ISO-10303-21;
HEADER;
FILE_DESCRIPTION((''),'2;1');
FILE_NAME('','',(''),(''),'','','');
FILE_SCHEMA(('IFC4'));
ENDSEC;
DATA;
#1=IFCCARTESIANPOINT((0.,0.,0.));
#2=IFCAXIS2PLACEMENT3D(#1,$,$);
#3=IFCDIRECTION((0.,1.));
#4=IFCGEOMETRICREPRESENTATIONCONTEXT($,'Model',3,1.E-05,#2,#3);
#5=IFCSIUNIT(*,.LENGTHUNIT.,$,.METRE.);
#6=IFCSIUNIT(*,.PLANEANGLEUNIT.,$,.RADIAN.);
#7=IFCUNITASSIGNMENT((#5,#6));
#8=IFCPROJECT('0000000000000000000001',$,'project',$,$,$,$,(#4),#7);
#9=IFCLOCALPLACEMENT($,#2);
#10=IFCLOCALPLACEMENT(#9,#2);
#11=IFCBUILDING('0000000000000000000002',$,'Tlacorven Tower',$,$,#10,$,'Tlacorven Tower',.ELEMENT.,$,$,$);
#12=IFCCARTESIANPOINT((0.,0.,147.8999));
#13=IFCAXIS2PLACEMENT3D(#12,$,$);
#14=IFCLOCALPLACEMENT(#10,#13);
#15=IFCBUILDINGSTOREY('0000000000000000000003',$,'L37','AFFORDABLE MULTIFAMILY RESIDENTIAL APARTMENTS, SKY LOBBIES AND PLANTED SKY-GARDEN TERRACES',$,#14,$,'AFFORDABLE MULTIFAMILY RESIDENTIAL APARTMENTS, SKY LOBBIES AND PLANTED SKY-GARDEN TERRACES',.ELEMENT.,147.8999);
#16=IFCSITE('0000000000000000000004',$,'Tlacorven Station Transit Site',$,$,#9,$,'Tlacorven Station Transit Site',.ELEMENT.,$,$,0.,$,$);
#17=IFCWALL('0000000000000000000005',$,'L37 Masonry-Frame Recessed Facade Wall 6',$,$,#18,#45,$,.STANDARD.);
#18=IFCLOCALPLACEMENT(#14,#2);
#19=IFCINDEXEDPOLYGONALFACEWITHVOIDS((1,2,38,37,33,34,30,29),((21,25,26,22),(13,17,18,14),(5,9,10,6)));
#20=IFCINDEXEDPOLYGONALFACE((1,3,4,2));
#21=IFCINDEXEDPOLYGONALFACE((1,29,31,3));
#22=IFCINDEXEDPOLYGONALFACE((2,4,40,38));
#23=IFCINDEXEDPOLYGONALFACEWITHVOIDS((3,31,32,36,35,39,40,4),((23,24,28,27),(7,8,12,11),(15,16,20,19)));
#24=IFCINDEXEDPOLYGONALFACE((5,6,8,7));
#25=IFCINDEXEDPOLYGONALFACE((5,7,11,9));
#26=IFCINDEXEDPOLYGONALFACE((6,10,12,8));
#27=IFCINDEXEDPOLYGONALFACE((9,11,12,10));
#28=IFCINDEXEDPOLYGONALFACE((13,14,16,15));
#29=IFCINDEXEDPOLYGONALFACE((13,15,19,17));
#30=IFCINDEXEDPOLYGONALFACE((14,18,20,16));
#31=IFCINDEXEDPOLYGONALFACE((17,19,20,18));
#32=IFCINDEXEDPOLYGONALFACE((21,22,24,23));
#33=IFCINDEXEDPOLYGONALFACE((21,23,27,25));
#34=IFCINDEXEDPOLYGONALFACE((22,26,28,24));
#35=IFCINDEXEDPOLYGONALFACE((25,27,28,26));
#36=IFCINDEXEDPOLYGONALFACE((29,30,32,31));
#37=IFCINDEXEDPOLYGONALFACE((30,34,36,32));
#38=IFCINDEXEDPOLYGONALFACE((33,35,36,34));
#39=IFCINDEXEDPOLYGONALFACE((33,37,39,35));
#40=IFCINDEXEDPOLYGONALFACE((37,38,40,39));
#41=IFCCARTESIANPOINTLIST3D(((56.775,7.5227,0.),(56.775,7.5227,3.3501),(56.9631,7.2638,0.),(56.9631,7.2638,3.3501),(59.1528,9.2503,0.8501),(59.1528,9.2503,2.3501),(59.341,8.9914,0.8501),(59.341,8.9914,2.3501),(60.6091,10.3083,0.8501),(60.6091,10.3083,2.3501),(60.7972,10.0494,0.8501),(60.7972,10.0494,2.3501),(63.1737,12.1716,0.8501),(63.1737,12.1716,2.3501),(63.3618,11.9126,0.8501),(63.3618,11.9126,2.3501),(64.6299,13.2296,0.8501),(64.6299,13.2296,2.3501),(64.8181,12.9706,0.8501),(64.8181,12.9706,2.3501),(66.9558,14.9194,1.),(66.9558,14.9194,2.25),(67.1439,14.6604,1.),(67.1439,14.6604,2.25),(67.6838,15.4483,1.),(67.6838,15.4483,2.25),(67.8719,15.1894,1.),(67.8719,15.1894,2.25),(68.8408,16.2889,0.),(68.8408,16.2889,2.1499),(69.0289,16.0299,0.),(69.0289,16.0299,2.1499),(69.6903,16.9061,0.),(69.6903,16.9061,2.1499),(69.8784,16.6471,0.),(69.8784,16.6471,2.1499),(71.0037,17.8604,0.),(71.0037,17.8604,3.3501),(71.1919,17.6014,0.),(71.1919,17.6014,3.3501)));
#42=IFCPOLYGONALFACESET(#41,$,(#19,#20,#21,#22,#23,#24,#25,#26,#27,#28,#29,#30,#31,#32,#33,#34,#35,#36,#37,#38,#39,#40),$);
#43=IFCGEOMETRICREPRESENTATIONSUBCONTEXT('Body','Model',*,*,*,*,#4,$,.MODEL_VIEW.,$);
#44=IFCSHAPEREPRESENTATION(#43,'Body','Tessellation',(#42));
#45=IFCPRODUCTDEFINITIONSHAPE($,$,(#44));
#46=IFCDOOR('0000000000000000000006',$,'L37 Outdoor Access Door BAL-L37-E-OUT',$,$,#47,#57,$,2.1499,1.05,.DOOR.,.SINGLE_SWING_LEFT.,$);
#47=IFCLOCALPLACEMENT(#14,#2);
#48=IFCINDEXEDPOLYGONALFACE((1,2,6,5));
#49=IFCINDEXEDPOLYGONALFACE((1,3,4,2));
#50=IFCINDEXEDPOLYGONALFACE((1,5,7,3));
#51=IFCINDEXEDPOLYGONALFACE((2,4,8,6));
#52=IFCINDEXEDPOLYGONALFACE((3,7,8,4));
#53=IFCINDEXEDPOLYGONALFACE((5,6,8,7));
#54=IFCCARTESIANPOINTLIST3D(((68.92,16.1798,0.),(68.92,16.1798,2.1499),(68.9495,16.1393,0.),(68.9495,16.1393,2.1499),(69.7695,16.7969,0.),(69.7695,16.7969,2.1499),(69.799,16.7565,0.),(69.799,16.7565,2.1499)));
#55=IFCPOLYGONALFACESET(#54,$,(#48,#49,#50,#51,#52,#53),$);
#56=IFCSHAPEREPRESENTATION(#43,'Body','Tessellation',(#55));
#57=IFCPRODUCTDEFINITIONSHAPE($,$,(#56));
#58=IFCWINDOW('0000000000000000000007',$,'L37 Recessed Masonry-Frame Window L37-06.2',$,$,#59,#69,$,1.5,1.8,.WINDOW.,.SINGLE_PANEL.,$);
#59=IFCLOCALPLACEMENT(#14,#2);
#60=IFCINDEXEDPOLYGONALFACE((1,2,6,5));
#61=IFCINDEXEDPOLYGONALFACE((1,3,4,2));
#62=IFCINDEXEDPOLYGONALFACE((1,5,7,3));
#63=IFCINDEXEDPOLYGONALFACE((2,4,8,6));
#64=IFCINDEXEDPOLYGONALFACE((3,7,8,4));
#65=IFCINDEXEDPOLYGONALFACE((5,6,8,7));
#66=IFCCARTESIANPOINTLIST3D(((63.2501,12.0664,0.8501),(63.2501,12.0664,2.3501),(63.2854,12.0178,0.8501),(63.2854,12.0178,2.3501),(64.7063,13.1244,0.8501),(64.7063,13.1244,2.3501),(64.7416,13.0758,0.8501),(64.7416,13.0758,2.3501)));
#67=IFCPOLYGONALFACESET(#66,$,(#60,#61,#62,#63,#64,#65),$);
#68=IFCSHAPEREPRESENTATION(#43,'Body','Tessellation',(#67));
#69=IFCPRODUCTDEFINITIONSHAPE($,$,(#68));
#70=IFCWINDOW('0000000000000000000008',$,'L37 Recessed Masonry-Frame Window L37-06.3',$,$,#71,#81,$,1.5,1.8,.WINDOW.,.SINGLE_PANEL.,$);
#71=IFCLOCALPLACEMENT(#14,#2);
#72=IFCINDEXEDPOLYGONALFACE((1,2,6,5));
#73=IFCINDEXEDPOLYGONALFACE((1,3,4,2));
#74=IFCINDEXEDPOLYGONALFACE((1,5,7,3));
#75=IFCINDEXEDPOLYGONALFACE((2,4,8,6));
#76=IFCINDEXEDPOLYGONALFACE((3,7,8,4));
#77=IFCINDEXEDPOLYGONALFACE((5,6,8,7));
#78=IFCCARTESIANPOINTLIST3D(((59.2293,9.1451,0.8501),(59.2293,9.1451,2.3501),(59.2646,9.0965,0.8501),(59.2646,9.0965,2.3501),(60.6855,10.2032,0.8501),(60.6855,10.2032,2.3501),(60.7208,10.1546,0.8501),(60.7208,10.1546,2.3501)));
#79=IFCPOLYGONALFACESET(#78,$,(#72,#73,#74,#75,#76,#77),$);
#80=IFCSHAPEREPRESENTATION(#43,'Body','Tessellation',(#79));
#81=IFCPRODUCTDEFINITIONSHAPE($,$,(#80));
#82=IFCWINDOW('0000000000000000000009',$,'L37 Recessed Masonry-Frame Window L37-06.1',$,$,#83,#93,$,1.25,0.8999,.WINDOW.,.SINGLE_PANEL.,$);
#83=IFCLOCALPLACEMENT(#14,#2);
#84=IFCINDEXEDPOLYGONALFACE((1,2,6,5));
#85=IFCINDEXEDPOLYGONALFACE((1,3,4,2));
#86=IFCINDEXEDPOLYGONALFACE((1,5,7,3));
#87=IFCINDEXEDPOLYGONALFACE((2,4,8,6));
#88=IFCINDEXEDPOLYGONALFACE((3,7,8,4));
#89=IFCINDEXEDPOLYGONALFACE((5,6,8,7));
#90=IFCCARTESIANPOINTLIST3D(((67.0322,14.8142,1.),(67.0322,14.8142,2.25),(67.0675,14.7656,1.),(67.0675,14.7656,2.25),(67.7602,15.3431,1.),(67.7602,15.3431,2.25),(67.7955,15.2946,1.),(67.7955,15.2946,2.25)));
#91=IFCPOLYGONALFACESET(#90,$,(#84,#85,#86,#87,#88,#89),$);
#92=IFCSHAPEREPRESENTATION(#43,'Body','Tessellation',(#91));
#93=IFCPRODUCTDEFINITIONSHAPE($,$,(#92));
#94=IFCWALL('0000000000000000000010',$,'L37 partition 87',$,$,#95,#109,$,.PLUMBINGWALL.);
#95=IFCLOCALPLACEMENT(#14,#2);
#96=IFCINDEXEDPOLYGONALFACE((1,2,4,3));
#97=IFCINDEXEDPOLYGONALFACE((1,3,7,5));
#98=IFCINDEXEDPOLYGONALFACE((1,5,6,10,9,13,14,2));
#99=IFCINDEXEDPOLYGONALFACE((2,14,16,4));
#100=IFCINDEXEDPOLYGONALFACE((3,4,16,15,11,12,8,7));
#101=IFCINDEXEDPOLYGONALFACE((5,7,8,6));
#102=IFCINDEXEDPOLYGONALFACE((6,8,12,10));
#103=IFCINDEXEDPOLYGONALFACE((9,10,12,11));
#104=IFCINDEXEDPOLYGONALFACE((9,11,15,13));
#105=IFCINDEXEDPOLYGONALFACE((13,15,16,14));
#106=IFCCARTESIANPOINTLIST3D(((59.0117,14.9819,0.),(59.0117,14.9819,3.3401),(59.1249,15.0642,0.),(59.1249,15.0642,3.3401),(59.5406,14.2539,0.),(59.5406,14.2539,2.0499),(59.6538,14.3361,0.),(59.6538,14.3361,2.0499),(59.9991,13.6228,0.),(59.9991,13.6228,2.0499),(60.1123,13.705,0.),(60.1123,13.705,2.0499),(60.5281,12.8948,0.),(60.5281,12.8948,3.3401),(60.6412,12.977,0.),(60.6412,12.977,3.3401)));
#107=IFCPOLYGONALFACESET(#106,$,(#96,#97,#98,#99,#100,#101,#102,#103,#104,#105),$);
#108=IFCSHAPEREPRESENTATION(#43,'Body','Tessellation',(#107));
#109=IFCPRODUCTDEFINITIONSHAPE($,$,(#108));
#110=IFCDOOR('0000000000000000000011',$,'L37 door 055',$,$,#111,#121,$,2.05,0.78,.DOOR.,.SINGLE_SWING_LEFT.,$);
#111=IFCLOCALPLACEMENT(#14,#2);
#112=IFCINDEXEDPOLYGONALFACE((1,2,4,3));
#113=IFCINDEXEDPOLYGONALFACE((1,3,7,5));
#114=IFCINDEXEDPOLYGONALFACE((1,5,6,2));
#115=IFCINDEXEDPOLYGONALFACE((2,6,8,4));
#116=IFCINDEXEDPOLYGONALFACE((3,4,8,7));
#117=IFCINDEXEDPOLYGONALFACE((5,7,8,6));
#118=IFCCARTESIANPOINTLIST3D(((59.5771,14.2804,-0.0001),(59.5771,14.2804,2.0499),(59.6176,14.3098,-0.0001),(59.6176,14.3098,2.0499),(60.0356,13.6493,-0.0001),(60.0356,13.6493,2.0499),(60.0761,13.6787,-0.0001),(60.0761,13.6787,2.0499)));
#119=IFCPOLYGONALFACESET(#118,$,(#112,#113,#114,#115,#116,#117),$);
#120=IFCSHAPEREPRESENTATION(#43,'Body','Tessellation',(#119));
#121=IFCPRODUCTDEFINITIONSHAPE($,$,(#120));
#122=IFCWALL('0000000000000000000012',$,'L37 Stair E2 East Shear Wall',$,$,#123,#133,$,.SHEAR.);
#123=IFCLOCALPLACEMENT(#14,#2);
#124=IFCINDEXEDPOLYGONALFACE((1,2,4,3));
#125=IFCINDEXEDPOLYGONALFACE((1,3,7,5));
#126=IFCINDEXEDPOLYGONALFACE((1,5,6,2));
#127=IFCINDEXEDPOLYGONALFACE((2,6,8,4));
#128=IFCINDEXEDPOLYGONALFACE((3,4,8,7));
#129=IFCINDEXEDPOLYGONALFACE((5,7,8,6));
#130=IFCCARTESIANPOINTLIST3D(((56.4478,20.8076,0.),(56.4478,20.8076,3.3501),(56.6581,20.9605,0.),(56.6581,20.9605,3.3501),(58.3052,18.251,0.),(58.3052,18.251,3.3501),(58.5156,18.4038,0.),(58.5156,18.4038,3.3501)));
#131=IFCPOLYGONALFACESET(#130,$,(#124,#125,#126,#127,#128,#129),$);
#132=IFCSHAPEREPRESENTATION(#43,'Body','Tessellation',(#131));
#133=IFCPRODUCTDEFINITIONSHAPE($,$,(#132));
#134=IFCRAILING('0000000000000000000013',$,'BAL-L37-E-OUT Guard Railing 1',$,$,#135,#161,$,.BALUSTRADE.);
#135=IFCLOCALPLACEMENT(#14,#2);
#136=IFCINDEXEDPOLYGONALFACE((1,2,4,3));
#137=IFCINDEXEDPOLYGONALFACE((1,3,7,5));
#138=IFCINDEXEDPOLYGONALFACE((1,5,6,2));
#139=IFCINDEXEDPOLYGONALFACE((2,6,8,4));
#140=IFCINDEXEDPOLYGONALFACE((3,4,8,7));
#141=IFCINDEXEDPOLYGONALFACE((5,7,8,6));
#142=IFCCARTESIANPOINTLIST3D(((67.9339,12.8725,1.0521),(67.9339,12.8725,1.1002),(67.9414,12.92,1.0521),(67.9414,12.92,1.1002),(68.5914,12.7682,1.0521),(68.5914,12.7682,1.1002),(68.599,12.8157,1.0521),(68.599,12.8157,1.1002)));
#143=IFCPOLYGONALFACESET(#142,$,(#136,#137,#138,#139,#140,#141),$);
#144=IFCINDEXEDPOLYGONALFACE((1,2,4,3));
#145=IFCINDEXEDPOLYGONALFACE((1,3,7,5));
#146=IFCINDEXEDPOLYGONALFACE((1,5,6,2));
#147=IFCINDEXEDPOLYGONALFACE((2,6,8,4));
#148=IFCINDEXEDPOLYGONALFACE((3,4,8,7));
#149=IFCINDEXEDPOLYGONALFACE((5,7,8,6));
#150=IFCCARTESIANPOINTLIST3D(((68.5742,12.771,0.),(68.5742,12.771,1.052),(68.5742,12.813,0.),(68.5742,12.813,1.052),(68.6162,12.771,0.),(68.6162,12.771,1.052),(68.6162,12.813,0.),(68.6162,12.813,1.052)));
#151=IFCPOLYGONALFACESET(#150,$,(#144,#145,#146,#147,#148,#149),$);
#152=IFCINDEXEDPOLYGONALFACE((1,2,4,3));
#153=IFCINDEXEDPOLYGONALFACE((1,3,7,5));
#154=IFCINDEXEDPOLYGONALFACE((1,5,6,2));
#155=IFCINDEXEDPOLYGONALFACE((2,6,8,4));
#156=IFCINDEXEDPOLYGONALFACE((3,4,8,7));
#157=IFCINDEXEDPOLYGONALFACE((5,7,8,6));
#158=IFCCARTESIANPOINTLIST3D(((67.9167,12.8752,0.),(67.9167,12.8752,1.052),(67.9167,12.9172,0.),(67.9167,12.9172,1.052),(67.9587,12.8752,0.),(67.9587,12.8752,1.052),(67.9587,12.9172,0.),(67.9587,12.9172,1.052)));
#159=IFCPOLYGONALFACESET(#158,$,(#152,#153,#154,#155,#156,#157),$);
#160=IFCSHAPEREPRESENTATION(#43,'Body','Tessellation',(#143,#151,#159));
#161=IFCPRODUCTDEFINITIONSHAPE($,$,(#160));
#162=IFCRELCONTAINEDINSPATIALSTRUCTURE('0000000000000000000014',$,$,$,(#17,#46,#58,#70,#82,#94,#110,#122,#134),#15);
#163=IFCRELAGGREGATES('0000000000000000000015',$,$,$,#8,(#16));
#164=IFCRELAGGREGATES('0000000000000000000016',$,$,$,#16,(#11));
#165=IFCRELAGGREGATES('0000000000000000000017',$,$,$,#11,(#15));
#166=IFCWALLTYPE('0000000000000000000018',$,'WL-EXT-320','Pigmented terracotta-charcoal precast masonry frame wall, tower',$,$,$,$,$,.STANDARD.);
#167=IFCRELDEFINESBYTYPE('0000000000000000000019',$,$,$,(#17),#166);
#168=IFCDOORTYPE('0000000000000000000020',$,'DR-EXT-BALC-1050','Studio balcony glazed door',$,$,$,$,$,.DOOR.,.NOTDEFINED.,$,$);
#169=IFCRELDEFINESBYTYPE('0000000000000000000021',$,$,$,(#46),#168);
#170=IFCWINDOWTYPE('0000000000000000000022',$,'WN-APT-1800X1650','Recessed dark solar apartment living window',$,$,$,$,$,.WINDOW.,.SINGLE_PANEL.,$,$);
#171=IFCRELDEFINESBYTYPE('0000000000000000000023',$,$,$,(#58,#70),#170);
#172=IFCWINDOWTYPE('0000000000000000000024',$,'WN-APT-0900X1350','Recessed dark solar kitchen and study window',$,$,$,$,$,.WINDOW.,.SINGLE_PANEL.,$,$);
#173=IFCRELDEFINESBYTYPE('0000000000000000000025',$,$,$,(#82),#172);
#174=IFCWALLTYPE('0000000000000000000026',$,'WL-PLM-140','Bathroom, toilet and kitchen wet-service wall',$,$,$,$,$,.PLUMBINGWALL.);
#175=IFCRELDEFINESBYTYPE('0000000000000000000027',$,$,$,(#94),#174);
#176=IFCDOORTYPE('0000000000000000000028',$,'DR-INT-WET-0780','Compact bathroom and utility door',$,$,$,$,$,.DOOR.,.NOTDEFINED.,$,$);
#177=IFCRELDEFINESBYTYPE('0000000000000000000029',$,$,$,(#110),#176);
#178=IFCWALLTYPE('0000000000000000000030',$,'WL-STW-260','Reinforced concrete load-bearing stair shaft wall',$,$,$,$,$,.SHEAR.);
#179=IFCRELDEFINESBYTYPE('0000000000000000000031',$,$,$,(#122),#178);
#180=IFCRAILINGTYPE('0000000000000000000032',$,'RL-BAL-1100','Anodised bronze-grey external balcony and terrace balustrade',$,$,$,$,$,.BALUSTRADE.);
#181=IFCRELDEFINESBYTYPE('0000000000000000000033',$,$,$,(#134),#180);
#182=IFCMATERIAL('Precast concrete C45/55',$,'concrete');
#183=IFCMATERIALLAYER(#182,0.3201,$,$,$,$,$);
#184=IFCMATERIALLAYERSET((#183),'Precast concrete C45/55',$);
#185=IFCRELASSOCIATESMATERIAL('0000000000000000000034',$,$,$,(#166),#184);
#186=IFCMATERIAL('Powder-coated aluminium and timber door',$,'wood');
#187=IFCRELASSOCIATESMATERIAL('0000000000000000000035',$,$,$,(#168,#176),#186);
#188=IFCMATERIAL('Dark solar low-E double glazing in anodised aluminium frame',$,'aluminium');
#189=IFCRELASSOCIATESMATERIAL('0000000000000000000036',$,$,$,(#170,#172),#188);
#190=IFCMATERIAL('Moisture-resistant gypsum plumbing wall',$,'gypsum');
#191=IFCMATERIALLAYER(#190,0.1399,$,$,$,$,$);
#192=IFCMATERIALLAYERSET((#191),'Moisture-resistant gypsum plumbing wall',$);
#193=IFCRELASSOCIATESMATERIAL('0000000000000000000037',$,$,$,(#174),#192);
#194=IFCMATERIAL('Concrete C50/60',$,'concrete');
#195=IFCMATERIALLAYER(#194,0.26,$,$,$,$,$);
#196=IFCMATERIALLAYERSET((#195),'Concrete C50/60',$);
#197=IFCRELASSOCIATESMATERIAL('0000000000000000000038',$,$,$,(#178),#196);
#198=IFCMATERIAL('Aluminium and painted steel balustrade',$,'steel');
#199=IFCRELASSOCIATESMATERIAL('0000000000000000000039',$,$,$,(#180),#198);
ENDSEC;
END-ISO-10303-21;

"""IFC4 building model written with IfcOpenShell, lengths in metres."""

from ifc_helpers import new_model, si_unit, direction, frame, frame_2d, origin, origin_2d, place, context, subcontext, project, spatial, rectangle, extrude, source, transform, mapped, material, layer, layer_set, type_object, element, fill, save


model = new_model("IFC4")

# Units and contexts
model_context = context("Model", 3, precision=1e-05, world=origin(), true_north=direction((0.0, 1.0)))
body_context = subcontext(model_context, "Body", "Model", "MODEL_VIEW")
ifc_project = project(units=[si_unit("LENGTHUNIT", "METRE"), si_unit("PLANEANGLEUNIT", "RADIAN")], contexts=[model_context])

# Site, building, storey
site_placement = place(None, origin())
site = spatial("IfcSite", under=ifc_project, at=site_placement, Name="Tlacorven Station Transit Site", LongName="Tlacorven Station Transit Site", CompositionType="ELEMENT", RefElevation=0.0)
building_placement = place(site_placement, origin())
building = spatial("IfcBuilding", under=site, at=building_placement, Name="Tlacorven Tower", LongName="Tlacorven Tower", CompositionType="ELEMENT")
storey_placement = place(building_placement, frame((0.0, 0.0, 147.8999)))
storey = spatial("IfcBuildingStorey", under=building, at=storey_placement, Name="L37", Description="AFFORDABLE MULTIFAMILY RESIDENTIAL APARTMENTS, SKY LOBBIES AND PLANTED SKY-GARDEN TERRACES", LongName="AFFORDABLE MULTIFAMILY RESIDENTIAL APARTMENTS, SKY LOBBIES AND PLANTED SKY-GARDEN TERRACES", CompositionType="ELEMENT", Elevation=147.8999)

# Wall, openings, door, windows
ifc_material_1 = material(Name="Precast concrete C45/55", Category="concrete")
ifc_layer_1 = layer(ifc_material_1, 0.3201)
ifc_layer_set_1 = layer_set([ifc_layer_1], Name="Precast concrete C45/55")
wall_type_1 = type_object("IfcWallType", Name="WL-EXT-320", Description="Pigmented terracotta-charcoal precast masonry frame wall, tower", PredefinedType="STANDARD", material=ifc_layer_set_1)
wall_1_placement = place(storey_placement, frame((71.0979, 17.731, 0.0), z_axis=(0.0, 0.0, 1.0), x_axis=(-0.809021, -0.58778, 0.0)))
wall_1 = element("IfcWall", 1, at=wall_1_placement, inside=storey, type_object=wall_type_1, Name="L37 Masonry-Frame Recessed Facade Wall 6", PredefinedType="STANDARD", context=body_context, shape_type="SweptSolid", body=[
    extrude(rectangle(XDim=17.5876, YDim=0.3201, at=frame_2d((8.7939, 0.0))), origin(), (0.0, 0.0, 1.0), 3.3501),
])
opening_1_placement = place(wall_1_placement, frame((1.6238, 0.0, 0.0)))
opening_1 = element("IfcOpeningElement", 2, at=opening_1_placement, cuts=wall_1, PredefinedType="OPENING", context=body_context, shape_type="SweptSolid", body=[
    extrude(rectangle(XDim=1.05, YDim=2.1499, at=frame_2d((0.5249, 1.075))), frame((0.0, 0.1699, 0.0), z_axis=(0.0, -1.0, 0.0), x_axis=(1.0, 0.0, 0.0)), (0.0, 0.0, 1.0), 0.3401),
])
opening_2_placement = place(wall_1_placement, frame((4.1038, 0.0, 1.0)))
opening_2 = element("IfcOpeningElement", 3, at=opening_2_placement, cuts=wall_1, PredefinedType="OPENING", context=body_context, shape_type="SweptSolid", body=[
    extrude(rectangle(XDim=0.8999, YDim=1.25, at=frame_2d((0.45, 0.625))), frame((0.0, 0.1699, 0.0), z_axis=(0.0, -1.0, 0.0), x_axis=(1.0, 0.0, 0.0)), (0.0, 0.0, 1.0), 0.3401),
])
opening_3_placement = place(wall_1_placement, frame((7.8787, 0.0, 0.8501)))
opening_3 = element("IfcOpeningElement", 4, at=opening_3_placement, cuts=wall_1, PredefinedType="OPENING", context=body_context, shape_type="SweptSolid", body=[
    extrude(rectangle(XDim=1.8, YDim=1.5, at=frame_2d((0.8999, 0.75))), frame((0.0, 0.1699, 0.0), z_axis=(0.0, -1.0, 0.0), x_axis=(1.0, 0.0, 0.0)), (0.0, 0.0, 1.0), 0.3401),
])
opening_4_placement = place(wall_1_placement, frame((12.8486, 0.0, 0.8501)))
opening_4 = element("IfcOpeningElement", 5, at=opening_4_placement, cuts=wall_1, PredefinedType="OPENING", context=body_context, shape_type="SweptSolid", body=[
    extrude(rectangle(XDim=1.8, YDim=1.5, at=frame_2d((0.8999, 0.75))), frame((0.0, 0.1699, 0.0), z_axis=(0.0, -1.0, 0.0), x_axis=(1.0, 0.0, 0.0)), (0.0, 0.0, 1.0), 0.3401),
])
ifc_material_2 = material(Name="Powder-coated aluminium and timber door", Category="wood")
door_type_1 = type_object("IfcDoorType", Name="DR-EXT-BALC-1050", Description="Studio balcony glazed door", OperationType="NOTDEFINED", PredefinedType="DOOR", material=ifc_material_2)
shared_shape_1 = source(origin(), body_context, "Body", "SweptSolid", [
    extrude(rectangle(XDim=1.05, YDim=2.1499, at=frame_2d((0.5249, 1.075))), frame((0.0, 0.0249, 0.0), z_axis=(0.0, -1.0, 0.0), x_axis=(1.0, 0.0, 0.0)), (0.0, 0.0, 1.0), 0.05),
])
door_1_placement = place(opening_1_placement, origin())
door_1 = element("IfcDoor", 6, at=door_1_placement, inside=storey, type_object=door_type_1, Name="L37 Outdoor Access Door BAL-L37-E-OUT", OperationType="SINGLE_SWING_LEFT", OverallHeight=2.1499, OverallWidth=1.05, PredefinedType="DOOR", context=body_context, shape_type="MappedRepresentation", body=[
    mapped(shared_shape_1, transform((0.0, 0.0, 0.0), scale=1.0)),
])
fill(opening_1, door_1)
ifc_material_3 = material(Name="Dark solar low-E double glazing in anodised aluminium frame", Category="aluminium")
window_type_1 = type_object("IfcWindowType", Name="WN-APT-1800X1650", Description="Recessed dark solar apartment living window", PartitioningType="SINGLE_PANEL", PredefinedType="WINDOW", material=ifc_material_3)
shared_shape_2 = source(origin(), body_context, "Body", "SweptSolid", [
    extrude(rectangle(XDim=1.8, YDim=1.5, at=frame_2d((0.8999, 0.75))), frame((0.0, 0.03, 0.0), z_axis=(0.0, -1.0, 0.0), x_axis=(1.0, 0.0, 0.0)), (0.0, 0.0, 1.0), 0.0601),
])
window_1_placement = place(opening_3_placement, origin())
window_1 = element("IfcWindow", 7, at=window_1_placement, inside=storey, type_object=window_type_1, Name="L37 Recessed Masonry-Frame Window L37-06.2", OverallHeight=1.5, OverallWidth=1.8, PartitioningType="SINGLE_PANEL", PredefinedType="WINDOW", context=body_context, shape_type="MappedRepresentation", body=[
    mapped(shared_shape_2, transform((0.0, 0.0, 0.0), scale=1.0)),
])
fill(opening_3, window_1)
window_2_placement = place(opening_4_placement, origin())
window_2 = element("IfcWindow", 8, at=window_2_placement, inside=storey, type_object=window_type_1, Name="L37 Recessed Masonry-Frame Window L37-06.3", OverallHeight=1.5, OverallWidth=1.8, PartitioningType="SINGLE_PANEL", PredefinedType="WINDOW", context=body_context, shape_type="MappedRepresentation", body=[
    mapped(shared_shape_2, transform((0.0, 0.0, 0.0), scale=1.0)),
])
fill(opening_4, window_2)
window_type_2 = type_object("IfcWindowType", Name="WN-APT-0900X1350", Description="Recessed dark solar kitchen and study window", PartitioningType="SINGLE_PANEL", PredefinedType="WINDOW", material=ifc_material_3)
shared_shape_3 = source(origin(), body_context, "Body", "SweptSolid", [
    extrude(rectangle(XDim=0.8999, YDim=1.25, at=frame_2d((0.45, 0.625))), frame((0.0, 0.03, 0.0), z_axis=(0.0, -1.0, 0.0), x_axis=(1.0, 0.0, 0.0)), (0.0, 0.0, 1.0), 0.0601),
])
window_3_placement = place(opening_2_placement, origin())
window_3 = element("IfcWindow", 9, at=window_3_placement, inside=storey, type_object=window_type_2, Name="L37 Recessed Masonry-Frame Window L37-06.1", OverallHeight=1.25, OverallWidth=0.8999, PartitioningType="SINGLE_PANEL", PredefinedType="WINDOW", context=body_context, shape_type="MappedRepresentation", body=[
    mapped(shared_shape_3, transform((0.0, 0.0, 0.0), scale=1.0)),
])
fill(opening_2, window_3)

# Wall, opening, door
ifc_material_4 = material(Name="Moisture-resistant gypsum plumbing wall", Category="gypsum")
ifc_layer_2 = layer(ifc_material_4, 0.1399)
ifc_layer_set_2 = layer_set([ifc_layer_2], Name="Moisture-resistant gypsum plumbing wall")
wall_type_2 = type_object("IfcWallType", Name="WL-PLM-140", Description="Bathroom, toilet and kitchen wet-service wall", PredefinedType="PLUMBINGWALL", material=ifc_layer_set_2)
wall_2_placement = place(storey_placement, frame((60.5847, 12.9358, 0.0), z_axis=(0.0, 0.0, 1.0), x_axis=(-0.587772, 0.809027, 0.0)))
wall_2 = element("IfcWall", 10, at=wall_2_placement, inside=storey, type_object=wall_type_2, Name="L37 partition 87", PredefinedType="PLUMBINGWALL", context=body_context, shape_type="SweptSolid", body=[
    extrude(rectangle(XDim=2.5798, YDim=0.1399, at=frame_2d((1.29, 0.0))), origin(), (0.0, 0.0, 1.0), 3.3401),
])
opening_5_placement = place(wall_2_placement, frame((0.8999, 0.0, 0.0)))
opening_5 = element("IfcOpeningElement", 11, at=opening_5_placement, cuts=wall_2, PredefinedType="OPENING", context=body_context, shape_type="SweptSolid", body=[
    extrude(rectangle(XDim=0.78, YDim=2.05, at=frame_2d((0.3901, 1.0249))), frame((0.0, 0.0801, 0.0), z_axis=(0.0, -1.0, 0.0), x_axis=(1.0, 0.0, 0.0)), (0.0, 0.0, 1.0), 0.1599),
])
door_type_2 = type_object("IfcDoorType", Name="DR-INT-WET-0780", Description="Compact bathroom and utility door", OperationType="NOTDEFINED", PredefinedType="DOOR", material=ifc_material_2)
shared_shape_4 = source(origin(), body_context, "Body", "SweptSolid", [
    extrude(rectangle(XDim=0.78, YDim=2.05, at=frame_2d((0.3901, 1.0249))), frame((0.0, 0.0249, 0.0), z_axis=(0.0, -1.0, 0.0), x_axis=(1.0, 0.0, 0.0)), (0.0, 0.0, 1.0), 0.05),
])
door_2_placement = place(opening_5_placement, origin())
door_2 = element("IfcDoor", 12, at=door_2_placement, inside=storey, type_object=door_type_2, Name="L37 door 055", OperationType="SINGLE_SWING_LEFT", OverallHeight=2.05, OverallWidth=0.78, PredefinedType="DOOR", context=body_context, shape_type="MappedRepresentation", body=[
    mapped(shared_shape_4, transform((0.0, 0.0, 0.0), scale=1.0)),
])
fill(opening_5, door_2)

# Wall
ifc_material_5 = material(Name="Concrete C50/60", Category="concrete")
ifc_layer_3 = layer(ifc_material_5, 0.26)
ifc_layer_set_3 = layer_set([ifc_layer_3], Name="Concrete C50/60")
wall_type_3 = type_object("IfcWallType", Name="WL-STW-260", Description="Reinforced concrete load-bearing stair shaft wall", PredefinedType="SHEAR", material=ifc_layer_set_3)
wall_3_placement = place(storey_placement, frame((58.4104, 18.3274, 0.0), z_axis=(0.0, 0.0, 1.0), x_axis=(-0.587767, 0.80903, 0.0)))
element("IfcWall", 13, at=wall_3_placement, inside=storey, type_object=wall_type_3, Name="L37 Stair E2 East Shear Wall", PredefinedType="SHEAR", context=body_context, shape_type="SweptSolid", body=[
    extrude(rectangle(XDim=3.1602, YDim=0.26, at=frame_2d((1.5801, 0.0))), origin(), (0.0, 0.0, 1.0), 3.3501),
])

# Railing
ifc_material_6 = material(Name="Aluminium and painted steel balustrade", Category="steel")
railing_type = type_object("IfcRailingType", Name="RL-BAL-1100", Description="Anodised bronze-grey external balcony and terrace balustrade", PredefinedType="BALUSTRADE", material=ifc_material_6)
shared_shape_5 = source(origin(), body_context, "Body", "SweptSolid", [
    extrude(rectangle(XDim=0.0481, YDim=0.0481, at=origin_2d()), frame((0.0, 0.0, 1.0762), z_axis=(-0.987662, 0.156603, 0.0), x_axis=(-0.156603, -0.987662, 0.0)), (0.0, 0.0, 1.0), 0.6658),
    extrude(rectangle(XDim=0.042, YDim=0.042, at=origin_2d()), origin(), (0.0, 0.0, 1.0), 1.052),
    extrude(rectangle(XDim=0.042, YDim=0.042, at=origin_2d()), frame((-0.6575, 0.1042, 0.0)), (0.0, 0.0, 1.0), 1.052),
])
railing_1_placement = place(storey_placement, frame((68.5952, 12.792, 0.0)))
element("IfcRailing", 14, at=railing_1_placement, inside=storey, type_object=railing_type, Name="BAL-L37-E-OUT Guard Railing 1", PredefinedType="BALUSTRADE", context=body_context, shape_type="MappedRepresentation", body=[
    mapped(shared_shape_5, transform((0.0, 0.0, 0.0), scale=1.0)),
])

save(model, "model.ifc")
